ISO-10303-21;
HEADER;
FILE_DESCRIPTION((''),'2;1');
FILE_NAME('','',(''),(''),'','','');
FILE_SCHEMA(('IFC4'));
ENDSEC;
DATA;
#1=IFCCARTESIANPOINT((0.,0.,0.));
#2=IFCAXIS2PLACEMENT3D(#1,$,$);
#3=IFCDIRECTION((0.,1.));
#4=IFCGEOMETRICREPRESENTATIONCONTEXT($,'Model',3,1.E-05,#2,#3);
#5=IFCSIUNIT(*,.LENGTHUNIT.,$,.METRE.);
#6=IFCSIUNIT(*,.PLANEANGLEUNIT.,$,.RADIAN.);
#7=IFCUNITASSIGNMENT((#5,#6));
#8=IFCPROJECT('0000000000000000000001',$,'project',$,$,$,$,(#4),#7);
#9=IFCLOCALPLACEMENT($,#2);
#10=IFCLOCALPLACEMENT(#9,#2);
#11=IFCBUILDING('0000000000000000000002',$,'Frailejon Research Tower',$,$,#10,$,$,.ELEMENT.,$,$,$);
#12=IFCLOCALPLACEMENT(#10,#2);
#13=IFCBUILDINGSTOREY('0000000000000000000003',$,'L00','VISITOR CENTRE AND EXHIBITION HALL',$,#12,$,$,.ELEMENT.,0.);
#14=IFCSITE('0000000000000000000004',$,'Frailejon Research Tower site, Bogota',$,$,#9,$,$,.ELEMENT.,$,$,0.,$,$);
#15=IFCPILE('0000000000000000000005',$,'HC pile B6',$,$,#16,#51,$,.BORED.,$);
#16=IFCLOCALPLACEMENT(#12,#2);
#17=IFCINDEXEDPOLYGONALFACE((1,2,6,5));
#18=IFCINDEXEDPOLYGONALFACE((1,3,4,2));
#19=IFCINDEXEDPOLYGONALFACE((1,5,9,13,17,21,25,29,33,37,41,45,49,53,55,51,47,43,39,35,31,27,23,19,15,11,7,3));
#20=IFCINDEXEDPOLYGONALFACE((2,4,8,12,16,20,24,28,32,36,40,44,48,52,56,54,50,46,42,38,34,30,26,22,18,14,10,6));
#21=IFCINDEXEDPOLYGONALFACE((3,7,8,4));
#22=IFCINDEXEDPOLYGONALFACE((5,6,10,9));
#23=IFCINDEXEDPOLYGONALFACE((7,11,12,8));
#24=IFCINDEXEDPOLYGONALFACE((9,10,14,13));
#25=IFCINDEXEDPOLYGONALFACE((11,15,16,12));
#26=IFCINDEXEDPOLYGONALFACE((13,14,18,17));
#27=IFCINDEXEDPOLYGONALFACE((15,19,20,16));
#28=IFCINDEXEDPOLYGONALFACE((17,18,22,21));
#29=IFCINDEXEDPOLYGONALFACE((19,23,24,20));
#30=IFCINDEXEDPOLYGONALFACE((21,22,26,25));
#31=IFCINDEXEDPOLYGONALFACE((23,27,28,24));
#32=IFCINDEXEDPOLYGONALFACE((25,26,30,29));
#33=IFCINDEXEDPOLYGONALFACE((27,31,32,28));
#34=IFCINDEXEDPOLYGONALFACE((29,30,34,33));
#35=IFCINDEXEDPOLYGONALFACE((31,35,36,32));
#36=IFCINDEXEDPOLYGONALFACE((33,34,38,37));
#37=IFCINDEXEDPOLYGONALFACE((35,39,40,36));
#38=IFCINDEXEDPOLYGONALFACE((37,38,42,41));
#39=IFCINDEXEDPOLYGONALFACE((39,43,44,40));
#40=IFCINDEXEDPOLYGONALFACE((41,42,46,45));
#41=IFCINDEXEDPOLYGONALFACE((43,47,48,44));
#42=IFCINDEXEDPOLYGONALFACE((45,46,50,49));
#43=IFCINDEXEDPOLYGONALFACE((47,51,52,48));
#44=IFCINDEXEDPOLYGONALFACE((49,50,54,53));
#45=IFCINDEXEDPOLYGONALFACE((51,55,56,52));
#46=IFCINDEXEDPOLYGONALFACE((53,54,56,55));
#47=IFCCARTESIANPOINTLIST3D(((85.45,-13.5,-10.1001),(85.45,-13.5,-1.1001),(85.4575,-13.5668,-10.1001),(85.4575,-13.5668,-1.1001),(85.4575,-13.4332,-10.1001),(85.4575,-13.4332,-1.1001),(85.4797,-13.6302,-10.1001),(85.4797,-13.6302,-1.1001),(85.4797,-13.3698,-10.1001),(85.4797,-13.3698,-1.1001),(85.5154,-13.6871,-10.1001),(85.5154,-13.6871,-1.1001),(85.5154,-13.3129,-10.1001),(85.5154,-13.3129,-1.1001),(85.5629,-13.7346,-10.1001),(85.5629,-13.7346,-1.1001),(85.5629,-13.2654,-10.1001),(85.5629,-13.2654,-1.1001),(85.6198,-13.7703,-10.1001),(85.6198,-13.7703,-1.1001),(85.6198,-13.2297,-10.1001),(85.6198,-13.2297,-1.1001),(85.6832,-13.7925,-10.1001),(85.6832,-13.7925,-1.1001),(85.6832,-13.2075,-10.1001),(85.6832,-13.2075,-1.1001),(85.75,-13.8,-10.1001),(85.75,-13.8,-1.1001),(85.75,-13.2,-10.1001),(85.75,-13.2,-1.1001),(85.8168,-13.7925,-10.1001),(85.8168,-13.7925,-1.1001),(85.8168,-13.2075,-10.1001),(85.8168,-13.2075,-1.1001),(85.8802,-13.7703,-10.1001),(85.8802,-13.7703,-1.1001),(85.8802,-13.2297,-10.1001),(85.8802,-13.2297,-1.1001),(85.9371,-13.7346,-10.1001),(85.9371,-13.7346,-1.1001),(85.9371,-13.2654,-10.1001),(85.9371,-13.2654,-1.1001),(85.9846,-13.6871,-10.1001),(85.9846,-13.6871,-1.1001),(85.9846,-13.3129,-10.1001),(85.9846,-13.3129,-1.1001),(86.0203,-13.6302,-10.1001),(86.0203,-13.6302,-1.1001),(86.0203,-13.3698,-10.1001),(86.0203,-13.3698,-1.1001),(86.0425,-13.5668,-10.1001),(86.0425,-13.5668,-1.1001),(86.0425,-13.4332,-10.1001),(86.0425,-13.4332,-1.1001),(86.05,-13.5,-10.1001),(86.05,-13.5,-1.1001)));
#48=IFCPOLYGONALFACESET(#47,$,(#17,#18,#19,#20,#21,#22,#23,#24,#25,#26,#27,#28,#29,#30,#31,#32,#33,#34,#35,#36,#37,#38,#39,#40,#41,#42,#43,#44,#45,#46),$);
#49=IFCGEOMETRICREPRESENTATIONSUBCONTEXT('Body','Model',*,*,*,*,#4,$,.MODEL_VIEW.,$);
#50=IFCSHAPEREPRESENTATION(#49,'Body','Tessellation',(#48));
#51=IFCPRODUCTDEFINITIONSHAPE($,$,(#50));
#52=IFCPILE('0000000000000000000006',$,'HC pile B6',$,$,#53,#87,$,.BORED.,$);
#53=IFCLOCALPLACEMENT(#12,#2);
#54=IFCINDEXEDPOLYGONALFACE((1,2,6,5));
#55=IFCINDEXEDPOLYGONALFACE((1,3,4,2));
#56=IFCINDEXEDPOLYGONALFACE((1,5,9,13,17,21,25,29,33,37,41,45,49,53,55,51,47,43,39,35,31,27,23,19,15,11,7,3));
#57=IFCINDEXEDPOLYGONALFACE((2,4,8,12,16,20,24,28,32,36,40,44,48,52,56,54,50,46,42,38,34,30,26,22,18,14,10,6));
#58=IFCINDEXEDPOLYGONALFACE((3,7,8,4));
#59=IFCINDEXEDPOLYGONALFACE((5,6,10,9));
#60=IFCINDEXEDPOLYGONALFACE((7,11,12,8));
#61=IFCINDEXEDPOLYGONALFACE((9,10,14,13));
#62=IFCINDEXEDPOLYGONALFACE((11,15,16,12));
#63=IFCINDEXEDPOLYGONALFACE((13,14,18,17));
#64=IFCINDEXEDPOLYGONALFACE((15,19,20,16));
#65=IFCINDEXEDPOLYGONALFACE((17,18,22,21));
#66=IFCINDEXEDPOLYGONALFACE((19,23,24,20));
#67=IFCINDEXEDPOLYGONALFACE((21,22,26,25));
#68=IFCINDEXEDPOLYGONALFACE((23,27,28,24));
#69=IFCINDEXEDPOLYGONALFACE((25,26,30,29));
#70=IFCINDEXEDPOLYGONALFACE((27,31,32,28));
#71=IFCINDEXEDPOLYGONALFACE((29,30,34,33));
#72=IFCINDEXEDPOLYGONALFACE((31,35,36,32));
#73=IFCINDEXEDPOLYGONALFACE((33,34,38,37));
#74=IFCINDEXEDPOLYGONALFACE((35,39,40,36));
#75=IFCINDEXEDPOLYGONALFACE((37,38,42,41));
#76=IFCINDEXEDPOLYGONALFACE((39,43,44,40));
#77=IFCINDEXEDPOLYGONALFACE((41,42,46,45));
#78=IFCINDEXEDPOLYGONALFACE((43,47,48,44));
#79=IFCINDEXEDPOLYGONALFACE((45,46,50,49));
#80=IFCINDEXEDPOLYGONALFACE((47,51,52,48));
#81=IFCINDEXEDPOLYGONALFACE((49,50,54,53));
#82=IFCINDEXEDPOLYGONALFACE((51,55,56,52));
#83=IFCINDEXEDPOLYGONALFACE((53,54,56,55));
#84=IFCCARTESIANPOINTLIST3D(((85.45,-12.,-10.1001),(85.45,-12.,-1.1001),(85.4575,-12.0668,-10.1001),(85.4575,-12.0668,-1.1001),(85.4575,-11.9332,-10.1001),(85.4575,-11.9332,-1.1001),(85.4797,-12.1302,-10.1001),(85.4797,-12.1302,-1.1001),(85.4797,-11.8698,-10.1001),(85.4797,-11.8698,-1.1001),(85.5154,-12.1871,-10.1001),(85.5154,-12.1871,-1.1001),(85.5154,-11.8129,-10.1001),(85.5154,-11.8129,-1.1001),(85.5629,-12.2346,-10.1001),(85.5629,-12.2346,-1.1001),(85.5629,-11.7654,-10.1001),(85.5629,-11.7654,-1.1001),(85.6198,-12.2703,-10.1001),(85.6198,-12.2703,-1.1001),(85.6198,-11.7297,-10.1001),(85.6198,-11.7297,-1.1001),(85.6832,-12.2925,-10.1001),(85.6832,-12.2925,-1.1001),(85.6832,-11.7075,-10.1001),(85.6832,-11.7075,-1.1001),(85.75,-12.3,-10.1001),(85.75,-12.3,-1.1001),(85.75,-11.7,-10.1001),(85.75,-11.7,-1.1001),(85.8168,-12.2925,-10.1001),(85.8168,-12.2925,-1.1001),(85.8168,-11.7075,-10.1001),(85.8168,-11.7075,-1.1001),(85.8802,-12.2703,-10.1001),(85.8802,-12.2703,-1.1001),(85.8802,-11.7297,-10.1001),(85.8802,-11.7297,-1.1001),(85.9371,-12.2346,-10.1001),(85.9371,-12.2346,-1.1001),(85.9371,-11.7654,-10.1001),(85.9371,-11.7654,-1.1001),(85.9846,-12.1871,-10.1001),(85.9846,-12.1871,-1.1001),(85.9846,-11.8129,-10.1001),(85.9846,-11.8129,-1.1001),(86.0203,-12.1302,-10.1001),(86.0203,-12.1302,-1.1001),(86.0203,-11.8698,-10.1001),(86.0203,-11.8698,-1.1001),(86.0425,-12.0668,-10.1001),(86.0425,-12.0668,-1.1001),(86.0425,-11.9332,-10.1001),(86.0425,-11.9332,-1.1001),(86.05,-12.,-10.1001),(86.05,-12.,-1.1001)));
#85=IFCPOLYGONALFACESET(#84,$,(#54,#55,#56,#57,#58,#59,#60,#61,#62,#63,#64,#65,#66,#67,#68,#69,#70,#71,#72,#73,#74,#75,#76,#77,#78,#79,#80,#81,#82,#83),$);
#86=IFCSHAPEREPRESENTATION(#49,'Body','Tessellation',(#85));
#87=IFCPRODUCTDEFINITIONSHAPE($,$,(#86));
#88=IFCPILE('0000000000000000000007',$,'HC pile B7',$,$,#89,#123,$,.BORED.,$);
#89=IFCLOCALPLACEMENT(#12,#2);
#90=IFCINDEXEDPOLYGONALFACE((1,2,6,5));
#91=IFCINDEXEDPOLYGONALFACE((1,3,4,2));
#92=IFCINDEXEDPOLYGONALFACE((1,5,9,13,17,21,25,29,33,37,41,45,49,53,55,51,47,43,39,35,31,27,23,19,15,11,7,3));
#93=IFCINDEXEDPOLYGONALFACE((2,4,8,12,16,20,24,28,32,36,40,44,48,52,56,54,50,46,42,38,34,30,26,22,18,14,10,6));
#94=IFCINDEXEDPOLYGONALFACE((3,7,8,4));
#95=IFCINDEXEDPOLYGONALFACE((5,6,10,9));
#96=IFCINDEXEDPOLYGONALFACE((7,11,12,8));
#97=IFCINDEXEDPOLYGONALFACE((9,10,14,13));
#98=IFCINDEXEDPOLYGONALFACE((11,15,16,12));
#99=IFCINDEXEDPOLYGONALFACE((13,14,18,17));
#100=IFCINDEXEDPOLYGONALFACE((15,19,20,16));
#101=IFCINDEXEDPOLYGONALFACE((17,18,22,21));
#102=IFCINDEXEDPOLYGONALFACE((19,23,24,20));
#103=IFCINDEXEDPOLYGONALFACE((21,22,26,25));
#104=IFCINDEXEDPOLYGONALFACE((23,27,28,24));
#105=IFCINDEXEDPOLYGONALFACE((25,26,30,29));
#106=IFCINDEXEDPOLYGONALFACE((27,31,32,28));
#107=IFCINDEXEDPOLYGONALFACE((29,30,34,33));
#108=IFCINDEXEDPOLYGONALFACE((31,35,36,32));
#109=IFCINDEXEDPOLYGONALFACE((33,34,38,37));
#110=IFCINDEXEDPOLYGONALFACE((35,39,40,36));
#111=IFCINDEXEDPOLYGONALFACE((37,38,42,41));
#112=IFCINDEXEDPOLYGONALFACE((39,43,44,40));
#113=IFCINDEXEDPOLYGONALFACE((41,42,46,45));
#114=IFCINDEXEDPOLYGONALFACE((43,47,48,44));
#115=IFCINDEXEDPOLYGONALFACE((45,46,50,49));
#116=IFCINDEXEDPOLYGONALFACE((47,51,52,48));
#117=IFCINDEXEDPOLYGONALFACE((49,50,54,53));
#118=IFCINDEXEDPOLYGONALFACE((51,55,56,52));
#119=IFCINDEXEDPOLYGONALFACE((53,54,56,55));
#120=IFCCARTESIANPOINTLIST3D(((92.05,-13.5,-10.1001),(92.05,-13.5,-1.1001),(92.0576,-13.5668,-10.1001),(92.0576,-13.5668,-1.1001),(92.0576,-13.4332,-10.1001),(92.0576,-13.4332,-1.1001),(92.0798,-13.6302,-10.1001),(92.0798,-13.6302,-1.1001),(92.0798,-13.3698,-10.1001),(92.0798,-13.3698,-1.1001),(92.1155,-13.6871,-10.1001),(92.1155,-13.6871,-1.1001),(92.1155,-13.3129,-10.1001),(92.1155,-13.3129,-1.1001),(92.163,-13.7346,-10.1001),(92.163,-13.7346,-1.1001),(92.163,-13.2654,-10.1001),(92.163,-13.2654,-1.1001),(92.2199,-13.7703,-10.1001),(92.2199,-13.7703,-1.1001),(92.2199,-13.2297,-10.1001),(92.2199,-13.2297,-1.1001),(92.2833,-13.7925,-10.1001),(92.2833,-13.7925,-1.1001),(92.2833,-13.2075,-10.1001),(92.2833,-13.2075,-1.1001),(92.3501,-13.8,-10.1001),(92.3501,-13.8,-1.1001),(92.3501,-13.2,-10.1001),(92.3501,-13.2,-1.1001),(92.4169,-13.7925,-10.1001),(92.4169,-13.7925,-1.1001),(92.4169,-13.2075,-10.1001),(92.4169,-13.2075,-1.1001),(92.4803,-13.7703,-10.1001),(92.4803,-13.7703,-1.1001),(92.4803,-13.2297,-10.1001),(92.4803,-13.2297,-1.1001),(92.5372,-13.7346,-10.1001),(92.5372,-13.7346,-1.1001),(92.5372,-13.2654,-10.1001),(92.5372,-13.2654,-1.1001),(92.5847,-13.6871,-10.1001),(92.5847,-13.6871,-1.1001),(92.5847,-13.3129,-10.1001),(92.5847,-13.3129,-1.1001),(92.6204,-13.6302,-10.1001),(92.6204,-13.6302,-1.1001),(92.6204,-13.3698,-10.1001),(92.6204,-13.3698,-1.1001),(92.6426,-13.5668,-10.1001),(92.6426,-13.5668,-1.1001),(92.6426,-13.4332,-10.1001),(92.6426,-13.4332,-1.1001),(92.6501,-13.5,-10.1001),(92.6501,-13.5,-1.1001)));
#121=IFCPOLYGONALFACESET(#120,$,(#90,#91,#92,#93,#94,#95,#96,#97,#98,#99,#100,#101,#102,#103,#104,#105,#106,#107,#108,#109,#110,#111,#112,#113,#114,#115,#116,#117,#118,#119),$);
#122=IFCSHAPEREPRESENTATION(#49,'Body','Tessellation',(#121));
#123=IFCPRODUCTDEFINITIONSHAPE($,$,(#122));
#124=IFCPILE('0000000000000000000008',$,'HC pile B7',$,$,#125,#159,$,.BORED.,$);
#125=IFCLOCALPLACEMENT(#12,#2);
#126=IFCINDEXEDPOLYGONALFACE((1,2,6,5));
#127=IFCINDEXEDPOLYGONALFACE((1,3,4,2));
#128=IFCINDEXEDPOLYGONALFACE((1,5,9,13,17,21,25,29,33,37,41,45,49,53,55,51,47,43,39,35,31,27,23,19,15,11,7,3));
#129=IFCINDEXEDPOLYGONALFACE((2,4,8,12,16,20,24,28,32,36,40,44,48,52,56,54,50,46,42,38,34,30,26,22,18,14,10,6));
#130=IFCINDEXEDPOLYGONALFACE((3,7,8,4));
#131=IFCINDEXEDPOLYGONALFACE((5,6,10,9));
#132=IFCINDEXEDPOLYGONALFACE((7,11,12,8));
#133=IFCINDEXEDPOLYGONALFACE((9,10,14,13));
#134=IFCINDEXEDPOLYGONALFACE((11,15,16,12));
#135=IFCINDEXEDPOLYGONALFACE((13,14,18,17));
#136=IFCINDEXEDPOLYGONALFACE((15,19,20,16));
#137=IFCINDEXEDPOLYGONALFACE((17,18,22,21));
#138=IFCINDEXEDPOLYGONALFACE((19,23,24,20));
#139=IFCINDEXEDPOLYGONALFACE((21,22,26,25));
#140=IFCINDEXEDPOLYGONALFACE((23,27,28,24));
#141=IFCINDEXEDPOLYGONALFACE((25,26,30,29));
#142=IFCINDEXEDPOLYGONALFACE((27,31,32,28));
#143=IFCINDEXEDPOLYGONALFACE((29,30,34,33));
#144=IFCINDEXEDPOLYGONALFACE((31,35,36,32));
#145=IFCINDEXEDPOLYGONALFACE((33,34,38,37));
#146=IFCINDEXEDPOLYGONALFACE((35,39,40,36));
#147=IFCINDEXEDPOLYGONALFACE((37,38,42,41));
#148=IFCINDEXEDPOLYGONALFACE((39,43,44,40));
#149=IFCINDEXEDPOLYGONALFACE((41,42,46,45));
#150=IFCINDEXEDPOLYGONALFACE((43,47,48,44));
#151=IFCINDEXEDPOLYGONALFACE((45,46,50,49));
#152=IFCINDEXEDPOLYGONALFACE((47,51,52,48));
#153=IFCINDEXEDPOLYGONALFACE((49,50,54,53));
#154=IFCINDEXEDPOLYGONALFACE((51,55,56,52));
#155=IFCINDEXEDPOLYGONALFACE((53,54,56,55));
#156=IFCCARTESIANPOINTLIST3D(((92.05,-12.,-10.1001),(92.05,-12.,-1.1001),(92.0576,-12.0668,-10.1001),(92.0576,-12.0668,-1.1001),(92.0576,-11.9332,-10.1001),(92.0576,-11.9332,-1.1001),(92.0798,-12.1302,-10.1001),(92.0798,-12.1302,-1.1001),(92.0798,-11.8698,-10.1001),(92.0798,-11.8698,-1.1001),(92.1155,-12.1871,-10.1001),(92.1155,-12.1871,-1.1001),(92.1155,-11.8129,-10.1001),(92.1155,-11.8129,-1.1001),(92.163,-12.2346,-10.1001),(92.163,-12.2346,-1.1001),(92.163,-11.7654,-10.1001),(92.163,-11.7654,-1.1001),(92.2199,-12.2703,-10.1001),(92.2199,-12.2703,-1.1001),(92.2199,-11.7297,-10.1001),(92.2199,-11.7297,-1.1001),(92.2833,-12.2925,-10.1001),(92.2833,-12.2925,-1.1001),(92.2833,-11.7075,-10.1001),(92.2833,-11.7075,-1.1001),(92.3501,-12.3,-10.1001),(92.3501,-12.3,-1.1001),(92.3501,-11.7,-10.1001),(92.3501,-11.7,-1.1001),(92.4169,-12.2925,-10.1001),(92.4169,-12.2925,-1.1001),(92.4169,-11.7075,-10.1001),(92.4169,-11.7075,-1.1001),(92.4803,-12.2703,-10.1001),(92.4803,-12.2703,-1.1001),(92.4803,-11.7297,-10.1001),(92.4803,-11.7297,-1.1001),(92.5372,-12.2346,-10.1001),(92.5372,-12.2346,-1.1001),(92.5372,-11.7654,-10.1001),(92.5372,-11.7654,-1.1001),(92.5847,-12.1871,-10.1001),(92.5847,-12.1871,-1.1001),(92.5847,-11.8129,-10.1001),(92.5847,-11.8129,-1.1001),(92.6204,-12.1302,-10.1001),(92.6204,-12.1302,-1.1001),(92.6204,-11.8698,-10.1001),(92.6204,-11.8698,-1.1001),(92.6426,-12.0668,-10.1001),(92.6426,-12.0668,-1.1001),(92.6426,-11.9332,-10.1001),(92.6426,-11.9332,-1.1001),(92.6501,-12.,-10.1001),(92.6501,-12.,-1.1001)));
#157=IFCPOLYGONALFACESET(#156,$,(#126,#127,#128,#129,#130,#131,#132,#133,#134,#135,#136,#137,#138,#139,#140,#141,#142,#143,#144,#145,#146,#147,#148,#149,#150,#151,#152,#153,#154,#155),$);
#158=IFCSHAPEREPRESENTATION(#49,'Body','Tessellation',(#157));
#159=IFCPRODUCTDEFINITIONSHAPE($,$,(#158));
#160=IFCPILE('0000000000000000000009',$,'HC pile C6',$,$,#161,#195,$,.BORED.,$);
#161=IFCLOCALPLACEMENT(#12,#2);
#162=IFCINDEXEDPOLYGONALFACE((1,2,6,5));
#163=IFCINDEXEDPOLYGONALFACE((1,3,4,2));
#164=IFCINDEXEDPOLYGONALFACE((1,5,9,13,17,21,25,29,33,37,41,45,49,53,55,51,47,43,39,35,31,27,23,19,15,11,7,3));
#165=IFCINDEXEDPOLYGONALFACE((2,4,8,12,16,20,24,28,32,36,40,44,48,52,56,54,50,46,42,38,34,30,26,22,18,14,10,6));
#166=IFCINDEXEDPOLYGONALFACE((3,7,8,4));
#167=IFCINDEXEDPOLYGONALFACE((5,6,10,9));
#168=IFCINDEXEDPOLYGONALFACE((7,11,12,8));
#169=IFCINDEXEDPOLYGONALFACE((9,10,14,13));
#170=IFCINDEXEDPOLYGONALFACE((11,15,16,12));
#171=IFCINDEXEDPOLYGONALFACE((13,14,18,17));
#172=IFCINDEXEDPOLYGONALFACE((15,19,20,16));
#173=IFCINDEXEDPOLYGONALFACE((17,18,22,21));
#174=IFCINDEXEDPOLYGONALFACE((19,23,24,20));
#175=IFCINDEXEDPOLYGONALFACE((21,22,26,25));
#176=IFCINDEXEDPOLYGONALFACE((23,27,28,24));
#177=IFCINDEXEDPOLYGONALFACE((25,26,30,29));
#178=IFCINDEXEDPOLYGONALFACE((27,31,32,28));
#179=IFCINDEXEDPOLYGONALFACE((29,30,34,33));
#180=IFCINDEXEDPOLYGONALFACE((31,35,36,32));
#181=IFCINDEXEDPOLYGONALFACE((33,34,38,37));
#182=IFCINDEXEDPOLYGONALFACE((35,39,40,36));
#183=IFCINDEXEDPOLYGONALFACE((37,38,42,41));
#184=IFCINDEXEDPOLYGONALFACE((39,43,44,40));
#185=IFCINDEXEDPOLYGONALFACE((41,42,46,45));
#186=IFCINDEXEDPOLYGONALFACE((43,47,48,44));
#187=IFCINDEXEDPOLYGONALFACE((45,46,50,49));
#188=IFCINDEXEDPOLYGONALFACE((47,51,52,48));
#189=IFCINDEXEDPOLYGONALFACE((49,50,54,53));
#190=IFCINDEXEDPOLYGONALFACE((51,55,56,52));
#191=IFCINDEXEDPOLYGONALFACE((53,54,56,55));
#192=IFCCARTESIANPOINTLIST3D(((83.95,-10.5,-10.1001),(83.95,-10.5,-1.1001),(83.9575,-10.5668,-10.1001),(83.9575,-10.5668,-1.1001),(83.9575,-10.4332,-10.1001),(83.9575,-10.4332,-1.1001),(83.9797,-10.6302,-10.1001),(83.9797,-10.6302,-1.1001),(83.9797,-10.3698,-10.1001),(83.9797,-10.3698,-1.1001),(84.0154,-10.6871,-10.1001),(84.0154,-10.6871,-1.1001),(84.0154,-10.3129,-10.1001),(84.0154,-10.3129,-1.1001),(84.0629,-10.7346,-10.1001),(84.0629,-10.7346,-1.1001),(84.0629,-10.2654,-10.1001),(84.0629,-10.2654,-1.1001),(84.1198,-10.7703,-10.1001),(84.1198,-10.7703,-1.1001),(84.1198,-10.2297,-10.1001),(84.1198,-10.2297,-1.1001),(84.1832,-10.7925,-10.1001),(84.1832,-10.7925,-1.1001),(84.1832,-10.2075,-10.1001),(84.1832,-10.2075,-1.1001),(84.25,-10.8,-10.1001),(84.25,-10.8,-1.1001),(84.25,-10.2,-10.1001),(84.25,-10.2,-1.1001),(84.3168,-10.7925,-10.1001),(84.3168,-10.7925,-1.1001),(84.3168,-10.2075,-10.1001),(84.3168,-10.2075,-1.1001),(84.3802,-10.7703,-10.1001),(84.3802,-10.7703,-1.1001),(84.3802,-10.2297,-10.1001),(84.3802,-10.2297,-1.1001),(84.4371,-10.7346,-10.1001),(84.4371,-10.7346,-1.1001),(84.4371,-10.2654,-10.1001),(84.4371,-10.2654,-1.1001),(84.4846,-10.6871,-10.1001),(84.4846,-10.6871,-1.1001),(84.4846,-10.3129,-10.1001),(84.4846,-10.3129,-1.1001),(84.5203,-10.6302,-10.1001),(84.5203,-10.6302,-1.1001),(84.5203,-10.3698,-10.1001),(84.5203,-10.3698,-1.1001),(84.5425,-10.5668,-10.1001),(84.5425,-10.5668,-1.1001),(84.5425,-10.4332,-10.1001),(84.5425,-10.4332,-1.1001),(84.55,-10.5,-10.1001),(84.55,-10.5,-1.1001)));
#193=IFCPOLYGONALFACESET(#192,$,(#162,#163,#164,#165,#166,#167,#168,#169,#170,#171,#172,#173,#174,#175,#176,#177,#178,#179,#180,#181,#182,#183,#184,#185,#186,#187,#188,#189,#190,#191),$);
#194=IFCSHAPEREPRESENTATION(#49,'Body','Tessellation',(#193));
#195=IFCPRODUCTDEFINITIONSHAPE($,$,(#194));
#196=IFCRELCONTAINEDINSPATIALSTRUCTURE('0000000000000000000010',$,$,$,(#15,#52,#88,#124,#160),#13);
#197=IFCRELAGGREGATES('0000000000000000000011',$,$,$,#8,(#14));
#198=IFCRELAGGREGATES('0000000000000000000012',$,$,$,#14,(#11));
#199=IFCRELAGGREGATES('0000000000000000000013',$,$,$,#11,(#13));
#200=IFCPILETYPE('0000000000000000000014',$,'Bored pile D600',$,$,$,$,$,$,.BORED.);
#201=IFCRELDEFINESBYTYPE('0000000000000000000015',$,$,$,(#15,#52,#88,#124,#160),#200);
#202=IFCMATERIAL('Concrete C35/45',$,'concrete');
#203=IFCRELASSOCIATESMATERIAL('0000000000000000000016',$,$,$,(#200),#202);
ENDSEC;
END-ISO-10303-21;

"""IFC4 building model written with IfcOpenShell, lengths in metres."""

from ifc_helpers import new_model, si_unit, direction, frame, origin, origin_2d, place, context, subcontext, project, spatial, circle, extrude, material, material_profile, profile_set, type_object, element, save


model = new_model("IFC4")

# Units and contexts
model_context = context("Model", 3, precision=1e-05, world=origin(), true_north=direction((0.0, 1.0)))
body_context = subcontext(model_context, "Body", "Model", "MODEL_VIEW")
ifc_project = project(units=[si_unit("LENGTHUNIT", "METRE"), si_unit("PLANEANGLEUNIT", "RADIAN")], contexts=[model_context])

# Site, building, storey
site_placement = place(None, origin())
site = spatial("IfcSite", under=ifc_project, at=site_placement, Name="Frailejon Research Tower site, Bogota", CompositionType="ELEMENT", RefElevation=0.0)
building_placement = place(site_placement, origin())
building = spatial("IfcBuilding", under=site, at=building_placement, Name="Frailejon Research Tower", CompositionType="ELEMENT")
storey_placement = place(building_placement, origin())
storey = spatial("IfcBuildingStorey", under=building, at=storey_placement, Name="L00", Description="VISITOR CENTRE AND EXHIBITION HALL", CompositionType="ELEMENT", Elevation=0.0)

# Piles
ifc_material_1 = material(Name="Concrete C35/45", Category="concrete")
ifc_material_profile_1 = material_profile(ifc_material_1, circle(Radius=0.3, at=origin_2d()), Name="Bored pile D600")
ifc_profile_set_1 = profile_set([ifc_material_profile_1], Name="Concrete C35/45")
pile_type = type_object("IfcPileType", Name="Bored pile D600", PredefinedType="BORED", material=ifc_profile_set_1)
for number, where, z_axis, x_axis, name in (
    (1, (85.75, -13.5, -1.1001), (0.0, 0.0, -1.0), (1.0, 0.0, 0.0), "HC pile B6"),
    (2, (85.75, -12.0, -1.1001), (0.0, 0.0, -1.0), (1.0, 0.0, 0.0), "HC pile B6"),
    (3, (92.3501, -13.5, -1.1001), (0.0, 0.0, -1.0), (1.0, 0.0, 0.0), "HC pile B7"),
    (4, (92.3501, -12.0, -1.1001), (0.0, 0.0, -1.0), (1.0, 0.0, 0.0), "HC pile B7"),
    (5, (84.25, -10.5, -1.1001), (0.0, 0.0, -1.0), (1.0, 0.0, 0.0), "HC pile C6"),
):
    element("IfcPile", number, at=place(storey_placement, frame(where, z_axis=z_axis, x_axis=x_axis)), inside=storey, type_object=pile_type, Name=name, PredefinedType="BORED", context=body_context, shape_type="SweptSolid", body=[
        extrude(circle(Radius=0.3, at=origin_2d()), origin(), (0.0, 0.0, 1.0), 9.0),
    ])

save(model, "model.ifc")
